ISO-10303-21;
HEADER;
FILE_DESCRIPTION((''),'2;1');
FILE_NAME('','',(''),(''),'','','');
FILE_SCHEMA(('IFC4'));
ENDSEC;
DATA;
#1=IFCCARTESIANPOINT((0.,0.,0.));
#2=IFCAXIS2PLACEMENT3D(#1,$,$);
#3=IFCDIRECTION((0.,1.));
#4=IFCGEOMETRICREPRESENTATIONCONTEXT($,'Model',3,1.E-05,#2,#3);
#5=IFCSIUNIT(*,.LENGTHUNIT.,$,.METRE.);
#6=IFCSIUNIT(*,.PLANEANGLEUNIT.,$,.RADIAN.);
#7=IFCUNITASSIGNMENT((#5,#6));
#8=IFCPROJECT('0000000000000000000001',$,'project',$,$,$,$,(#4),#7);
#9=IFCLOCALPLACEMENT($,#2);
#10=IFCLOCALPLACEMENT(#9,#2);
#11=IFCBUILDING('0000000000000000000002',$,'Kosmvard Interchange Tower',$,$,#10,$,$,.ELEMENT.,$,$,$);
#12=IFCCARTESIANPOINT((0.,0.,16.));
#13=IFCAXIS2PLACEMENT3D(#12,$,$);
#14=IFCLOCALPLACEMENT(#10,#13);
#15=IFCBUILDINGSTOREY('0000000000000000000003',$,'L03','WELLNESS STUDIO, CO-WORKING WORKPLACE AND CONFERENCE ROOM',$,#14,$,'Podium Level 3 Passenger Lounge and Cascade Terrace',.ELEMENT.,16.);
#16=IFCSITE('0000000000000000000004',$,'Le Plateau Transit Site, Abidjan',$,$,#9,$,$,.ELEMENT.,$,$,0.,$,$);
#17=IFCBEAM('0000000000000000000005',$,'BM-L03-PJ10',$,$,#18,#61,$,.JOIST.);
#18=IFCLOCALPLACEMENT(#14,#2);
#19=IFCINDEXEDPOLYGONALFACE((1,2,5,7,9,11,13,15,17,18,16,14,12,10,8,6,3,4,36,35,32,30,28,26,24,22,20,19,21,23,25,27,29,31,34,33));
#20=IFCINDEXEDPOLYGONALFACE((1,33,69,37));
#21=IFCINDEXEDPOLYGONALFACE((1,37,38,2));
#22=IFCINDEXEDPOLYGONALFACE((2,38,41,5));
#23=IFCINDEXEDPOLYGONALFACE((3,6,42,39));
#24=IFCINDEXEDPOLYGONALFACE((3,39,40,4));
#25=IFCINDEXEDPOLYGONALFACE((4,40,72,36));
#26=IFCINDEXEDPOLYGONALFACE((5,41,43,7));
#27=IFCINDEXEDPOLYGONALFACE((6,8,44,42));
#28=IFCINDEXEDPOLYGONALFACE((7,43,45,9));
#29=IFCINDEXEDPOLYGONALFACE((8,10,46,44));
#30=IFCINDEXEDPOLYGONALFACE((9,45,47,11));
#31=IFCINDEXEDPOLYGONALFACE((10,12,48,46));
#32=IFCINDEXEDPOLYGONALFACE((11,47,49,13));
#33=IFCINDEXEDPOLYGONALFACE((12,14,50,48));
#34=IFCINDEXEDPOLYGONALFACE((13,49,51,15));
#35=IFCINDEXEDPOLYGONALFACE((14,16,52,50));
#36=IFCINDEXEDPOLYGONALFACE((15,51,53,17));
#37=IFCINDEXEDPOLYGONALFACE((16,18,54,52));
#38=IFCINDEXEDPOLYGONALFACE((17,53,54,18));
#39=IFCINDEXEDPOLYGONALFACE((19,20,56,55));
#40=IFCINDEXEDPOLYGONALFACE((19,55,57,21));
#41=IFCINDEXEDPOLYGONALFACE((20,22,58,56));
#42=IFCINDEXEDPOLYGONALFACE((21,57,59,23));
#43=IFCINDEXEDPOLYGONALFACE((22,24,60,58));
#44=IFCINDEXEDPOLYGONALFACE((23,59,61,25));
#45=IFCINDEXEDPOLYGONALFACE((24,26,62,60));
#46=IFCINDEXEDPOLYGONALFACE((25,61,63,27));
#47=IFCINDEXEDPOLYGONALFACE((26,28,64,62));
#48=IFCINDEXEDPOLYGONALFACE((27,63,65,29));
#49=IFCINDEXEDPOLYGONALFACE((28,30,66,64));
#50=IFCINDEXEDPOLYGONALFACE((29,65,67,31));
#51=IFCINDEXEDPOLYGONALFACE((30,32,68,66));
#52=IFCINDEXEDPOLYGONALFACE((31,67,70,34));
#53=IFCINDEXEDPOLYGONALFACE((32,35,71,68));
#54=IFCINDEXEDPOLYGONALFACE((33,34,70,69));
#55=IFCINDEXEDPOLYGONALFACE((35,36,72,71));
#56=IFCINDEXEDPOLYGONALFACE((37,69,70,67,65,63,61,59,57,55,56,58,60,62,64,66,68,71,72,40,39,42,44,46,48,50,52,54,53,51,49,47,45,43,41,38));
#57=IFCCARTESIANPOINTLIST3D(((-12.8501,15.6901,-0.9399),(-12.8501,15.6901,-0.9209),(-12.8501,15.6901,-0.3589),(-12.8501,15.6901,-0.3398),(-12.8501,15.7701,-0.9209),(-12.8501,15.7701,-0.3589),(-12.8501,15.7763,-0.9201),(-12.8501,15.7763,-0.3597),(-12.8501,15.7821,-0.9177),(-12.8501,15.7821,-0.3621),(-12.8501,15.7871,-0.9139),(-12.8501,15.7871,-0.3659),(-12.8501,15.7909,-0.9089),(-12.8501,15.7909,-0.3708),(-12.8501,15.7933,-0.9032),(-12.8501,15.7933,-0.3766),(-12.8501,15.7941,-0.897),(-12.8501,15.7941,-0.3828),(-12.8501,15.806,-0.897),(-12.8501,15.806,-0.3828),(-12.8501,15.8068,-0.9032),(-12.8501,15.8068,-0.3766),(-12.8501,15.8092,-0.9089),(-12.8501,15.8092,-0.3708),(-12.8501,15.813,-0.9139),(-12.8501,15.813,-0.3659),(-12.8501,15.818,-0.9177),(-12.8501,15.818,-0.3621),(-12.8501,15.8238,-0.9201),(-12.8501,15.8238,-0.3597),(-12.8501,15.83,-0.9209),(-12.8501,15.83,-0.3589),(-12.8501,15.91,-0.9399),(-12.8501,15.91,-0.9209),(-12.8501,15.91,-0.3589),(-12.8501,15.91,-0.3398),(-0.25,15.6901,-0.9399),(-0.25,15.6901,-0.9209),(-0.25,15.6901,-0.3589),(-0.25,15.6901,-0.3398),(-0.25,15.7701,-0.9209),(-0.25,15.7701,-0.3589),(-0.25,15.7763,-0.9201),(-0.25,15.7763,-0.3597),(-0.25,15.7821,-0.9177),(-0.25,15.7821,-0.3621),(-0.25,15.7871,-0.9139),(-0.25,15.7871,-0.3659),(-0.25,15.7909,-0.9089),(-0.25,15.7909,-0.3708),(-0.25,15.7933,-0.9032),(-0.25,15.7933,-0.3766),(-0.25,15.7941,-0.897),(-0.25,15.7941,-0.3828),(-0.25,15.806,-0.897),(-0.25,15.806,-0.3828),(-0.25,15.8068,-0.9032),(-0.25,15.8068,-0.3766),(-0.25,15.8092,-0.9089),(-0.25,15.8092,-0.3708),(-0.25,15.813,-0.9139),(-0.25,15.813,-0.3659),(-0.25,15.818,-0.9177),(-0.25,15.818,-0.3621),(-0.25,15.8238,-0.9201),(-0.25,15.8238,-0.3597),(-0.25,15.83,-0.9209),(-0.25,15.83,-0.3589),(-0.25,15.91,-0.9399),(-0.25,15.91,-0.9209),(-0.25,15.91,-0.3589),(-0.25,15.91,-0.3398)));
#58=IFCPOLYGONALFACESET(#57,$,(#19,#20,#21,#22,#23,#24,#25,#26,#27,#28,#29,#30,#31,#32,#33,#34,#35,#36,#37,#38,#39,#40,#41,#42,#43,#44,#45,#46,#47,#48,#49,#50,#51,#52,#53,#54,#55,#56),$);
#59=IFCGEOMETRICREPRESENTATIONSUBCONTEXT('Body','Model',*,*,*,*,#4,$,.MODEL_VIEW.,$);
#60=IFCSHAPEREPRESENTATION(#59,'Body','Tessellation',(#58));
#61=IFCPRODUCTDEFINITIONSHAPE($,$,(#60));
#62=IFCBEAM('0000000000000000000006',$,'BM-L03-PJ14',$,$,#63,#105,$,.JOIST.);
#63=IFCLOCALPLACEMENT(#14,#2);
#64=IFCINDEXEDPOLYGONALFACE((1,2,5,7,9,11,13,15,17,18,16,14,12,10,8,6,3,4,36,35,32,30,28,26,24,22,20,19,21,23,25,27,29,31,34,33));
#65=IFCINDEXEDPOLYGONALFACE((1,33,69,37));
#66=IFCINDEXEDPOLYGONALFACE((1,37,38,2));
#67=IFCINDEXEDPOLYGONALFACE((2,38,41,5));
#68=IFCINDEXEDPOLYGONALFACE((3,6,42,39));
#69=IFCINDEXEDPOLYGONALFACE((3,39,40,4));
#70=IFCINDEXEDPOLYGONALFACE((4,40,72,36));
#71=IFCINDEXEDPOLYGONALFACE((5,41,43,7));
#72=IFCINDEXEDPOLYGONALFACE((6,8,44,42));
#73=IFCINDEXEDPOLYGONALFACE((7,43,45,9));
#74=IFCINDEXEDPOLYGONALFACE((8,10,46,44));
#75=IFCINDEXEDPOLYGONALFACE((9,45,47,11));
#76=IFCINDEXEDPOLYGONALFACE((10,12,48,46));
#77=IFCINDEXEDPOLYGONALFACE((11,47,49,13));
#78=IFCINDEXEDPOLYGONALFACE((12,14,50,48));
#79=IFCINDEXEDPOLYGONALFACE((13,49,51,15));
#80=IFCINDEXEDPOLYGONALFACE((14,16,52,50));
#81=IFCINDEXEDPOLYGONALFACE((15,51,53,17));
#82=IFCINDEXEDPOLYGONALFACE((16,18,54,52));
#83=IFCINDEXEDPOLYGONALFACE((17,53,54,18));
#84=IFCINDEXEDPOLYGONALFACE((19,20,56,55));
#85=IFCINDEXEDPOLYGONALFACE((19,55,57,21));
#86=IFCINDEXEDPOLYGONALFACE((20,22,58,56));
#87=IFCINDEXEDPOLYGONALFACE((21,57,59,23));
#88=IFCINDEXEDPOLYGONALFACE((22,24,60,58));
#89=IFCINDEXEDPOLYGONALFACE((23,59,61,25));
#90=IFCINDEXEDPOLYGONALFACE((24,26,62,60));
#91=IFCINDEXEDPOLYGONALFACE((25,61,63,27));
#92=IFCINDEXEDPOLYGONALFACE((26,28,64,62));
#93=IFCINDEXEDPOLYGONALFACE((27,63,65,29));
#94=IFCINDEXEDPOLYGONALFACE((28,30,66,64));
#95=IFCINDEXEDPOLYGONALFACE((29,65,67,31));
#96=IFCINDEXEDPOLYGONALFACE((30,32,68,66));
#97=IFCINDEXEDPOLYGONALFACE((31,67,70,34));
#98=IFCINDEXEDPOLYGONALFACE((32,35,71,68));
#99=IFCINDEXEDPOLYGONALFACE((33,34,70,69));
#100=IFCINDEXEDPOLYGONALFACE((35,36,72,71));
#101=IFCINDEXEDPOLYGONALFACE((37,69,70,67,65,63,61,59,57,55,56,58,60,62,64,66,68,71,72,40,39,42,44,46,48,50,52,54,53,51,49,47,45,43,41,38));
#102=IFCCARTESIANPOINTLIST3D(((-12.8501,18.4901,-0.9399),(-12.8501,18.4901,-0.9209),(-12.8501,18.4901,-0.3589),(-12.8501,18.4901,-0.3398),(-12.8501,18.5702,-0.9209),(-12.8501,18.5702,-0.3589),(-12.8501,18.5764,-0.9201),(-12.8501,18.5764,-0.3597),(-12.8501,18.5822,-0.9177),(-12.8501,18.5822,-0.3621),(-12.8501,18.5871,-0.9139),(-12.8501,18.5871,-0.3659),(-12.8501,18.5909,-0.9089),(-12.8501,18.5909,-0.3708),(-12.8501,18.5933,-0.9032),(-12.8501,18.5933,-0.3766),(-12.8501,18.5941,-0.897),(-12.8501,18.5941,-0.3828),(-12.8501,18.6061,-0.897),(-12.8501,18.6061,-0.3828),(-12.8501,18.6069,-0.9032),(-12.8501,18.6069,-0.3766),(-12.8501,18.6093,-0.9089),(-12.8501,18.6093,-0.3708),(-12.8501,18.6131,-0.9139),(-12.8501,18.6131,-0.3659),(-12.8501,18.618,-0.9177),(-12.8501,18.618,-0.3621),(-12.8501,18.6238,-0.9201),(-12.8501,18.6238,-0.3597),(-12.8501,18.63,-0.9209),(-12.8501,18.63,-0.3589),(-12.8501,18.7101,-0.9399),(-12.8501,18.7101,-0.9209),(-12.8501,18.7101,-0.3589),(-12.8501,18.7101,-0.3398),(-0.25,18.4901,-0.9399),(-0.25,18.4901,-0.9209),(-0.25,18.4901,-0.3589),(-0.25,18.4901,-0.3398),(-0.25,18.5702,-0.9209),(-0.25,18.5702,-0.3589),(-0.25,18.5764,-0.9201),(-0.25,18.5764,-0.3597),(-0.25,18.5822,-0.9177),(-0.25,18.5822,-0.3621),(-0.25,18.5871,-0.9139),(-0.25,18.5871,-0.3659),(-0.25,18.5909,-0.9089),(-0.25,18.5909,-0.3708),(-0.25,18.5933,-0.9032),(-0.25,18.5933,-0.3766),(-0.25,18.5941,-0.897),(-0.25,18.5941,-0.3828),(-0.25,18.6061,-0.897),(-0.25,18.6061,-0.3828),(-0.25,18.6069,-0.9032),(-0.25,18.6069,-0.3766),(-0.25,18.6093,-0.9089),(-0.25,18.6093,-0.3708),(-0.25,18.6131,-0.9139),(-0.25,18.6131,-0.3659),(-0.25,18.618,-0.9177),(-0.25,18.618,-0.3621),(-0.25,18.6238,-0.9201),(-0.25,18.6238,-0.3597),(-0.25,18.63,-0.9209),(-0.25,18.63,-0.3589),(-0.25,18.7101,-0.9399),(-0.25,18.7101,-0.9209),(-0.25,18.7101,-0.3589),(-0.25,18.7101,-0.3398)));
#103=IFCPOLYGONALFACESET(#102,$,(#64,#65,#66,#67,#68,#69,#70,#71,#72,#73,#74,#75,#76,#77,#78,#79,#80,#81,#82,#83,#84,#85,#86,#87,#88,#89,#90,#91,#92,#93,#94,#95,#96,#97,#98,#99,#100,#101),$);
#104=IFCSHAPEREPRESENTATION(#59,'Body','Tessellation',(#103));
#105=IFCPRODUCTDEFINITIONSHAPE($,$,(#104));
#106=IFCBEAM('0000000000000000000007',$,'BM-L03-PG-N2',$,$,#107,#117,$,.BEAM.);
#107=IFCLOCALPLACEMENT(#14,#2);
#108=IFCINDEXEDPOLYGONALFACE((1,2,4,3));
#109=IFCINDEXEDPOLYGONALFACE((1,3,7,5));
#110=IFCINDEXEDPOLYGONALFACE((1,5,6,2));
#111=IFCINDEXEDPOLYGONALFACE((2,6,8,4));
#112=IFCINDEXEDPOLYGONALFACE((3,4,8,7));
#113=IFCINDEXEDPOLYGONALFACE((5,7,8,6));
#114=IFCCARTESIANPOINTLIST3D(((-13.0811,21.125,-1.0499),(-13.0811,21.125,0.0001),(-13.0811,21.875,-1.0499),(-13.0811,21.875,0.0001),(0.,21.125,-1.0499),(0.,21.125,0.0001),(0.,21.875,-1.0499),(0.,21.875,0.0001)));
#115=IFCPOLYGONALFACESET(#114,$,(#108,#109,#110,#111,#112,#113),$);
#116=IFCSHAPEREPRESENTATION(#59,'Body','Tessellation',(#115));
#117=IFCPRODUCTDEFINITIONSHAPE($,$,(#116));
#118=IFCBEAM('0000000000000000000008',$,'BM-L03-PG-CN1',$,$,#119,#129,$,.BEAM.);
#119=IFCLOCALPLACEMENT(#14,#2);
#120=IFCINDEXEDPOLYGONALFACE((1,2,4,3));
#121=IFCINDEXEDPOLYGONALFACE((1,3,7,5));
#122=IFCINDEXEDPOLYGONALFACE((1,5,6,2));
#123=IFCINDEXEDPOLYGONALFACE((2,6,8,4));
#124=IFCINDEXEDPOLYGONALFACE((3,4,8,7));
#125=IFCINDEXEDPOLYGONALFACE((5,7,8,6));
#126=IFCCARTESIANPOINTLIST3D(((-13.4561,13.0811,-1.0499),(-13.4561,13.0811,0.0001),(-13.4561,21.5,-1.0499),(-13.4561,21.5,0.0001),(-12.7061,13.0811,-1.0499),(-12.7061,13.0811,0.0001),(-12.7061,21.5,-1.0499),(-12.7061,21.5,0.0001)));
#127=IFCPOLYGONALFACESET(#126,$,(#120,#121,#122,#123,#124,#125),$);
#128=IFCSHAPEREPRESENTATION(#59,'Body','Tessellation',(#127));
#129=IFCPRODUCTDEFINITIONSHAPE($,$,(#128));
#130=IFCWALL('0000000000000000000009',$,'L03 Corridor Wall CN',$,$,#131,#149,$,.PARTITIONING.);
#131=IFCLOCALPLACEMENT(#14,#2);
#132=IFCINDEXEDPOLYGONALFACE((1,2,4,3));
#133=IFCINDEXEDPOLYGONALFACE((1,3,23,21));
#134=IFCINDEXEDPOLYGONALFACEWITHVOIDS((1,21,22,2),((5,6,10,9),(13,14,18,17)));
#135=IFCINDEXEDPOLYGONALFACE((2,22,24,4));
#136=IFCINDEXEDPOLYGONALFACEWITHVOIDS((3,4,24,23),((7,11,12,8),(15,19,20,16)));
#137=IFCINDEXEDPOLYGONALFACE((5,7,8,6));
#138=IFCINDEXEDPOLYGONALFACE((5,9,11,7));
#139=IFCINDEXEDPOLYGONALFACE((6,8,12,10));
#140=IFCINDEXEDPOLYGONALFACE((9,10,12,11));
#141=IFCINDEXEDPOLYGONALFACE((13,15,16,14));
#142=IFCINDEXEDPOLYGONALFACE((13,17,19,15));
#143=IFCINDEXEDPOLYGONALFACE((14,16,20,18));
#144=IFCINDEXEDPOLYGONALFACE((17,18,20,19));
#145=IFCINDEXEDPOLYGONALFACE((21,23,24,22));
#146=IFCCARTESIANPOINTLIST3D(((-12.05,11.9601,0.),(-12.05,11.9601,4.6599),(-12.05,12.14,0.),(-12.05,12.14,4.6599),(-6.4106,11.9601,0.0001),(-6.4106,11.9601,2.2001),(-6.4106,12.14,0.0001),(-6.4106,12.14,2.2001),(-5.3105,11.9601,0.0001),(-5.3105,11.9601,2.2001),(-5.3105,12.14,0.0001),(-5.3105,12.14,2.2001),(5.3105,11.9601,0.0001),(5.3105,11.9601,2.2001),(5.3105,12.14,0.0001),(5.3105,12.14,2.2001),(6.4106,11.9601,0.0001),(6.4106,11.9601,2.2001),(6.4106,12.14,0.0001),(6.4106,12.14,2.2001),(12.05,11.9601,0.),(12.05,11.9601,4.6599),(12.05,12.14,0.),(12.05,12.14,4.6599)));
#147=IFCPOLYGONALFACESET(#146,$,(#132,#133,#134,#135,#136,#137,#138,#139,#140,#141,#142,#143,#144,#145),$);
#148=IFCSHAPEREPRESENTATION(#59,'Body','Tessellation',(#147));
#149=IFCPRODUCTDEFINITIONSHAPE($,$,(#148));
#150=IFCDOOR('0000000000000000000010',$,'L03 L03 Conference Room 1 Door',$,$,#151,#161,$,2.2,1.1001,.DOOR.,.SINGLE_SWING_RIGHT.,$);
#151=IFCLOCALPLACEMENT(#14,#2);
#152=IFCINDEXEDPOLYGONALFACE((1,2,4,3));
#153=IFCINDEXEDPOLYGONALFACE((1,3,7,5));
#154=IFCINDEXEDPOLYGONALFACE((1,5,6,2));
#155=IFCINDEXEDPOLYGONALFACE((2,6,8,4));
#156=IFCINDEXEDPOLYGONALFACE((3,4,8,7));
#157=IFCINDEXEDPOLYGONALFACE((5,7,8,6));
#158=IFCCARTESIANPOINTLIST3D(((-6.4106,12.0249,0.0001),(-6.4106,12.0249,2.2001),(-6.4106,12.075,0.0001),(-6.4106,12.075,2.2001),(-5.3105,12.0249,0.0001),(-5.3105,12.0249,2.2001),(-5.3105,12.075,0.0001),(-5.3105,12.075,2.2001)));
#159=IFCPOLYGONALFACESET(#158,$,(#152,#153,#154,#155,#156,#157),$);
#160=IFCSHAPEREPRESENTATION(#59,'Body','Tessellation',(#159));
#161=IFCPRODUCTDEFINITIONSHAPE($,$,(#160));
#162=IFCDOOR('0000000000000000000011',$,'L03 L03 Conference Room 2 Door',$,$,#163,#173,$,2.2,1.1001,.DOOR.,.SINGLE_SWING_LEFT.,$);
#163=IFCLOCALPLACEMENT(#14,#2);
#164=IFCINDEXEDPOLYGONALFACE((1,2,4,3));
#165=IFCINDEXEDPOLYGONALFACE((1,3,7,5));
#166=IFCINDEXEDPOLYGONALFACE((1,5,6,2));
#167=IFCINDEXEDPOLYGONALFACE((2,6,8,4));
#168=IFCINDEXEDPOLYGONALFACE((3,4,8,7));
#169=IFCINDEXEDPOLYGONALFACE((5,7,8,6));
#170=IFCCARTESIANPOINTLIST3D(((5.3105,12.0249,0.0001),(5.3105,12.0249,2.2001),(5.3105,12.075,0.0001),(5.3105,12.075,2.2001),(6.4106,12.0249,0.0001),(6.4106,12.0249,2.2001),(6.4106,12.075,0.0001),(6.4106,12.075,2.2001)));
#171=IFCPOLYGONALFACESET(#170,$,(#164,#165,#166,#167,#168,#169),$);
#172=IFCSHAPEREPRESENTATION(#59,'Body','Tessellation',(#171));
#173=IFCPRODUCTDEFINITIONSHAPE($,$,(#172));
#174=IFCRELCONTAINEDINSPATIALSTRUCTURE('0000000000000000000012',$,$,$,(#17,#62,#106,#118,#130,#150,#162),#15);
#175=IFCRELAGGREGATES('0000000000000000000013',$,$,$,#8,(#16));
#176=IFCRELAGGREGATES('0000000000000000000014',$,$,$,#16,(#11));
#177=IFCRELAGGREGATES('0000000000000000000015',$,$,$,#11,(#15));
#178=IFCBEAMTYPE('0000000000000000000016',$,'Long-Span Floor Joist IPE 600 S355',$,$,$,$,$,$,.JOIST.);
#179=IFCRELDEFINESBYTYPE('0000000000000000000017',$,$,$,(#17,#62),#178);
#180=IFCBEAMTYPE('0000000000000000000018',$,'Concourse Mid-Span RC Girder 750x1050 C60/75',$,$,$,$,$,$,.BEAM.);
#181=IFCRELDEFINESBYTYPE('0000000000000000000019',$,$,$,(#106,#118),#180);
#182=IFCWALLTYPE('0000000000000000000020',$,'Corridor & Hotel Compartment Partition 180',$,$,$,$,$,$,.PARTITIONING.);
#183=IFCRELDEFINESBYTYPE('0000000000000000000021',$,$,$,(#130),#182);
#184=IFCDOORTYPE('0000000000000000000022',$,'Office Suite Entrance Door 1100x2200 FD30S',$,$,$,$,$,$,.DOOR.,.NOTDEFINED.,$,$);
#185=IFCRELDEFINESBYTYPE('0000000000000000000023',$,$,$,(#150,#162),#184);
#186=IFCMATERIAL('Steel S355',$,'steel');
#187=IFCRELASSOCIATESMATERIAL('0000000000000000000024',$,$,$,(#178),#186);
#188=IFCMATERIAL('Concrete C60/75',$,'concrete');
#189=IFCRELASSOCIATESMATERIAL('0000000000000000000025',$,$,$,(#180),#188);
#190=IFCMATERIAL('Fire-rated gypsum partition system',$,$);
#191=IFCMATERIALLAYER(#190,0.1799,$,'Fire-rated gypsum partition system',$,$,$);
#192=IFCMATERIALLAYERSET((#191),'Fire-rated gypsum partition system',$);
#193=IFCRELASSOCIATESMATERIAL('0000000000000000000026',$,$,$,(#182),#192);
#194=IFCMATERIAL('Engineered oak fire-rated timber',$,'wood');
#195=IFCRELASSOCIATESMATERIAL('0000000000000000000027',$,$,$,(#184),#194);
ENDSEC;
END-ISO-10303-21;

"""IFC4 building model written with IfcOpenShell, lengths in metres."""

from ifc_helpers import new_model, si_unit, direction, frame, frame_2d, origin, origin_2d, place, context, subcontext, project, spatial, rectangle, i_section, extrude, source, transform, mapped, material, layer, layer_set, material_profile, profile_set, type_object, element, fill, save


model = new_model("IFC4")

# Units and contexts
model_context = context("Model", 3, precision=1e-05, world=origin(), true_north=direction((0.0, 1.0)))
body_context = subcontext(model_context, "Body", "Model", "MODEL_VIEW")
ifc_project = project(units=[si_unit("LENGTHUNIT", "METRE"), si_unit("PLANEANGLEUNIT", "RADIAN")], contexts=[model_context])

# Site, building, storey
site_placement = place(None, origin())
site = spatial("IfcSite", under=ifc_project, at=site_placement, Name="Le Plateau Transit Site, Abidjan", CompositionType="ELEMENT", RefElevation=0.0)
building_placement = place(site_placement, origin())
building = spatial("IfcBuilding", under=site, at=building_placement, Name="Kosmvard Interchange Tower", CompositionType="ELEMENT")
storey_placement = place(building_placement, frame((0.0, 0.0, 16.0)))
storey = spatial("IfcBuildingStorey", under=building, at=storey_placement, Name="L03", Description="WELLNESS STUDIO, CO-WORKING WORKPLACE AND CONFERENCE ROOM", LongName="Podium Level 3 Passenger Lounge and Cascade Terrace", CompositionType="ELEMENT", Elevation=16.0)

# Shared definitions
ifc_material_1 = material(Name="Concrete C60/75", Category="concrete")

# Beams
ifc_material_2 = material(Name="Steel S355", Category="steel")
ifc_material_profile_1 = material_profile(ifc_material_2, i_section(OverallWidth=0.22, OverallDepth=0.6001, WebThickness=0.012, FlangeThickness=0.019, FilletRadius=0.0239, at=origin_2d()), Name="IPE 600")
ifc_profile_set_1 = profile_set([ifc_material_profile_1], Name="Steel S355")
beam_type_1 = type_object("IfcBeamType", Name="Long-Span Floor Joist IPE 600 S355", PredefinedType="JOIST", material=ifc_profile_set_1)
shared_shape_1 = source(origin(), body_context, "Body", "SweptSolid", [
    extrude(i_section(OverallWidth=0.22, OverallDepth=0.6001, WebThickness=0.012, FlangeThickness=0.019, FilletRadius=0.0239, at=origin_2d()), origin(), (0.0, 0.0, 1.0), 12.6001),
])
for number, where, z_axis, x_axis, name in (
    (1, (-12.8501, 15.8, -0.6399), (1.0, 0.0, 0.0), (0.0, 1.0, 0.0), "BM-L03-PJ10"),
    (2, (-12.8501, 18.6001, -0.6399), (1.0, 0.0, 0.0), (0.0, 1.0, 0.0), "BM-L03-PJ14"),
):
    element("IfcBeam", number, at=place(storey_placement, frame(where, z_axis=z_axis, x_axis=x_axis)), inside=storey, type_object=beam_type_1, Name=name, PredefinedType="JOIST", context=body_context, shape_type="MappedRepresentation", body=[
        mapped(shared_shape_1, transform((0.0, 0.0, 0.0), scale=1.0)),
    ])
ifc_material_profile_2 = material_profile(ifc_material_1, rectangle(XDim=0.75, YDim=1.05, at=origin_2d()), Name="RCG 750x1050")
ifc_profile_set_2 = profile_set([ifc_material_profile_2], Name="Concrete C60/75")
beam_type_2 = type_object("IfcBeamType", Name="Concourse Mid-Span RC Girder 750x1050 C60/75", PredefinedType="BEAM", material=ifc_profile_set_2)
shared_shape_2 = source(origin(), body_context, "Body", "SweptSolid", [
    extrude(rectangle(XDim=0.75, YDim=1.05, at=origin_2d()), origin(), (0.0, 0.0, 1.0), 13.0811),
])
beam_1_placement = place(storey_placement, frame((-13.0811, 21.5, -0.5249), z_axis=(1.0, 0.0, 0.0), x_axis=(0.0, 1.0, 0.0)))
element("IfcBeam", 3, at=beam_1_placement, inside=storey, type_object=beam_type_2, Name="BM-L03-PG-N2", PredefinedType="BEAM", context=body_context, shape_type="MappedRepresentation", body=[
    mapped(shared_shape_2, transform((0.0, 0.0, 0.0), scale=1.0)),
])
shared_shape_3 = source(origin(), body_context, "Body", "SweptSolid", [
    extrude(rectangle(XDim=0.75, YDim=1.05, at=origin_2d()), origin(), (0.0, 0.0, 1.0), 8.4189),
])
beam_2_placement = place(storey_placement, frame((-13.0811, 21.5, -0.5249), z_axis=(0.0, -1.0, 0.0), x_axis=(1.0, 0.0, 0.0)))
element("IfcBeam", 4, at=beam_2_placement, inside=storey, type_object=beam_type_2, Name="BM-L03-PG-CN1", PredefinedType="BEAM", context=body_context, shape_type="MappedRepresentation", body=[
    mapped(shared_shape_3, transform((0.0, 0.0, 0.0), scale=1.0)),
])

# Wall, openings, doors
ifc_material_3 = material(Name="Fire-rated gypsum partition system")
ifc_layer_1 = layer(ifc_material_3, 0.1799, Name="Fire-rated gypsum partition system")
ifc_layer_set_1 = layer_set([ifc_layer_1], Name="Fire-rated gypsum partition system")
wall_type_1 = type_object("IfcWallType", Name="Corridor & Hotel Compartment Partition 180", PredefinedType="PARTITIONING", material=ifc_layer_set_1)
wall_1_placement = place(storey_placement, frame((-12.05, 12.05, 0.0), z_axis=(0.0, 0.0, 1.0), x_axis=(1.0, 0.0, 0.0)))
wall_1 = element("IfcWall", 5, at=wall_1_placement, inside=storey, type_object=wall_type_1, Name="L03 Corridor Wall CN", PredefinedType="PARTITIONING", context=body_context, shape_type="SweptSolid", body=[
    extrude(rectangle(XDim=24.1001, YDim=0.1799, at=frame_2d((12.05, 0.0))), origin(), (0.0, 0.0, 1.0), 4.6599),
])
opening_1_placement = place(wall_1_placement, frame((5.6394, 0.0, 0.0)))
opening_1 = element("IfcOpeningElement", 6, at=opening_1_placement, cuts=wall_1, PredefinedType="OPENING", context=body_context, shape_type="SweptSolid", body=[
    extrude(rectangle(XDim=1.1001, YDim=2.2, at=frame_2d((0.55, 1.1001))), frame((0.0, 0.1001, 0.0), z_axis=(0.0, -1.0, 0.0), x_axis=(1.0, 0.0, 0.0)), (0.0, 0.0, 1.0), 0.2),
])
opening_2_placement = place(wall_1_placement, frame((17.3606, 0.0, 0.0)))
opening_2 = element("IfcOpeningElement", 7, at=opening_2_placement, cuts=wall_1, PredefinedType="OPENING", context=body_context, shape_type="SweptSolid", body=[
    extrude(rectangle(XDim=1.1001, YDim=2.2, at=frame_2d((0.55, 1.1001))), frame((0.0, 0.1001, 0.0), z_axis=(0.0, -1.0, 0.0), x_axis=(1.0, 0.0, 0.0)), (0.0, 0.0, 1.0), 0.2),
])
ifc_material_4 = material(Name="Engineered oak fire-rated timber", Category="wood")
door_type = type_object("IfcDoorType", Name="Office Suite Entrance Door 1100x2200 FD30S", OperationType="NOTDEFINED", PredefinedType="DOOR", material=ifc_material_4)
shared_shape_4 = source(origin(), body_context, "Body", "SweptSolid", [
    extrude(rectangle(XDim=1.1001, YDim=2.2, at=frame_2d((0.55, 1.1001))), frame((0.0, 0.0249, 0.0), z_axis=(0.0, -1.0, 0.0), x_axis=(1.0, 0.0, 0.0)), (0.0, 0.0, 1.0), 0.05),
])
door_1_placement = place(opening_1_placement, origin())
door_1 = element("IfcDoor", 8, at=door_1_placement, inside=storey, type_object=door_type, Name="L03 L03 Conference Room 1 Door", OperationType="SINGLE_SWING_RIGHT", OverallHeight=2.2, OverallWidth=1.1001, PredefinedType="DOOR", context=body_context, shape_type="MappedRepresentation", body=[
    mapped(shared_shape_4, transform((0.0, 0.0, 0.0), scale=1.0)),
])
fill(opening_1, door_1)
door_2_placement = place(opening_2_placement, origin())
door_2 = element("IfcDoor", 9, at=door_2_placement, inside=storey, type_object=door_type, Name="L03 L03 Conference Room 2 Door", OperationType="SINGLE_SWING_LEFT", OverallHeight=2.2, OverallWidth=1.1001, PredefinedType="DOOR", context=body_context, shape_type="MappedRepresentation", body=[
    mapped(shared_shape_4, transform((0.0, 0.0, 0.0), scale=1.0)),
])
fill(opening_2, door_2)

save(model, "model.ifc")
